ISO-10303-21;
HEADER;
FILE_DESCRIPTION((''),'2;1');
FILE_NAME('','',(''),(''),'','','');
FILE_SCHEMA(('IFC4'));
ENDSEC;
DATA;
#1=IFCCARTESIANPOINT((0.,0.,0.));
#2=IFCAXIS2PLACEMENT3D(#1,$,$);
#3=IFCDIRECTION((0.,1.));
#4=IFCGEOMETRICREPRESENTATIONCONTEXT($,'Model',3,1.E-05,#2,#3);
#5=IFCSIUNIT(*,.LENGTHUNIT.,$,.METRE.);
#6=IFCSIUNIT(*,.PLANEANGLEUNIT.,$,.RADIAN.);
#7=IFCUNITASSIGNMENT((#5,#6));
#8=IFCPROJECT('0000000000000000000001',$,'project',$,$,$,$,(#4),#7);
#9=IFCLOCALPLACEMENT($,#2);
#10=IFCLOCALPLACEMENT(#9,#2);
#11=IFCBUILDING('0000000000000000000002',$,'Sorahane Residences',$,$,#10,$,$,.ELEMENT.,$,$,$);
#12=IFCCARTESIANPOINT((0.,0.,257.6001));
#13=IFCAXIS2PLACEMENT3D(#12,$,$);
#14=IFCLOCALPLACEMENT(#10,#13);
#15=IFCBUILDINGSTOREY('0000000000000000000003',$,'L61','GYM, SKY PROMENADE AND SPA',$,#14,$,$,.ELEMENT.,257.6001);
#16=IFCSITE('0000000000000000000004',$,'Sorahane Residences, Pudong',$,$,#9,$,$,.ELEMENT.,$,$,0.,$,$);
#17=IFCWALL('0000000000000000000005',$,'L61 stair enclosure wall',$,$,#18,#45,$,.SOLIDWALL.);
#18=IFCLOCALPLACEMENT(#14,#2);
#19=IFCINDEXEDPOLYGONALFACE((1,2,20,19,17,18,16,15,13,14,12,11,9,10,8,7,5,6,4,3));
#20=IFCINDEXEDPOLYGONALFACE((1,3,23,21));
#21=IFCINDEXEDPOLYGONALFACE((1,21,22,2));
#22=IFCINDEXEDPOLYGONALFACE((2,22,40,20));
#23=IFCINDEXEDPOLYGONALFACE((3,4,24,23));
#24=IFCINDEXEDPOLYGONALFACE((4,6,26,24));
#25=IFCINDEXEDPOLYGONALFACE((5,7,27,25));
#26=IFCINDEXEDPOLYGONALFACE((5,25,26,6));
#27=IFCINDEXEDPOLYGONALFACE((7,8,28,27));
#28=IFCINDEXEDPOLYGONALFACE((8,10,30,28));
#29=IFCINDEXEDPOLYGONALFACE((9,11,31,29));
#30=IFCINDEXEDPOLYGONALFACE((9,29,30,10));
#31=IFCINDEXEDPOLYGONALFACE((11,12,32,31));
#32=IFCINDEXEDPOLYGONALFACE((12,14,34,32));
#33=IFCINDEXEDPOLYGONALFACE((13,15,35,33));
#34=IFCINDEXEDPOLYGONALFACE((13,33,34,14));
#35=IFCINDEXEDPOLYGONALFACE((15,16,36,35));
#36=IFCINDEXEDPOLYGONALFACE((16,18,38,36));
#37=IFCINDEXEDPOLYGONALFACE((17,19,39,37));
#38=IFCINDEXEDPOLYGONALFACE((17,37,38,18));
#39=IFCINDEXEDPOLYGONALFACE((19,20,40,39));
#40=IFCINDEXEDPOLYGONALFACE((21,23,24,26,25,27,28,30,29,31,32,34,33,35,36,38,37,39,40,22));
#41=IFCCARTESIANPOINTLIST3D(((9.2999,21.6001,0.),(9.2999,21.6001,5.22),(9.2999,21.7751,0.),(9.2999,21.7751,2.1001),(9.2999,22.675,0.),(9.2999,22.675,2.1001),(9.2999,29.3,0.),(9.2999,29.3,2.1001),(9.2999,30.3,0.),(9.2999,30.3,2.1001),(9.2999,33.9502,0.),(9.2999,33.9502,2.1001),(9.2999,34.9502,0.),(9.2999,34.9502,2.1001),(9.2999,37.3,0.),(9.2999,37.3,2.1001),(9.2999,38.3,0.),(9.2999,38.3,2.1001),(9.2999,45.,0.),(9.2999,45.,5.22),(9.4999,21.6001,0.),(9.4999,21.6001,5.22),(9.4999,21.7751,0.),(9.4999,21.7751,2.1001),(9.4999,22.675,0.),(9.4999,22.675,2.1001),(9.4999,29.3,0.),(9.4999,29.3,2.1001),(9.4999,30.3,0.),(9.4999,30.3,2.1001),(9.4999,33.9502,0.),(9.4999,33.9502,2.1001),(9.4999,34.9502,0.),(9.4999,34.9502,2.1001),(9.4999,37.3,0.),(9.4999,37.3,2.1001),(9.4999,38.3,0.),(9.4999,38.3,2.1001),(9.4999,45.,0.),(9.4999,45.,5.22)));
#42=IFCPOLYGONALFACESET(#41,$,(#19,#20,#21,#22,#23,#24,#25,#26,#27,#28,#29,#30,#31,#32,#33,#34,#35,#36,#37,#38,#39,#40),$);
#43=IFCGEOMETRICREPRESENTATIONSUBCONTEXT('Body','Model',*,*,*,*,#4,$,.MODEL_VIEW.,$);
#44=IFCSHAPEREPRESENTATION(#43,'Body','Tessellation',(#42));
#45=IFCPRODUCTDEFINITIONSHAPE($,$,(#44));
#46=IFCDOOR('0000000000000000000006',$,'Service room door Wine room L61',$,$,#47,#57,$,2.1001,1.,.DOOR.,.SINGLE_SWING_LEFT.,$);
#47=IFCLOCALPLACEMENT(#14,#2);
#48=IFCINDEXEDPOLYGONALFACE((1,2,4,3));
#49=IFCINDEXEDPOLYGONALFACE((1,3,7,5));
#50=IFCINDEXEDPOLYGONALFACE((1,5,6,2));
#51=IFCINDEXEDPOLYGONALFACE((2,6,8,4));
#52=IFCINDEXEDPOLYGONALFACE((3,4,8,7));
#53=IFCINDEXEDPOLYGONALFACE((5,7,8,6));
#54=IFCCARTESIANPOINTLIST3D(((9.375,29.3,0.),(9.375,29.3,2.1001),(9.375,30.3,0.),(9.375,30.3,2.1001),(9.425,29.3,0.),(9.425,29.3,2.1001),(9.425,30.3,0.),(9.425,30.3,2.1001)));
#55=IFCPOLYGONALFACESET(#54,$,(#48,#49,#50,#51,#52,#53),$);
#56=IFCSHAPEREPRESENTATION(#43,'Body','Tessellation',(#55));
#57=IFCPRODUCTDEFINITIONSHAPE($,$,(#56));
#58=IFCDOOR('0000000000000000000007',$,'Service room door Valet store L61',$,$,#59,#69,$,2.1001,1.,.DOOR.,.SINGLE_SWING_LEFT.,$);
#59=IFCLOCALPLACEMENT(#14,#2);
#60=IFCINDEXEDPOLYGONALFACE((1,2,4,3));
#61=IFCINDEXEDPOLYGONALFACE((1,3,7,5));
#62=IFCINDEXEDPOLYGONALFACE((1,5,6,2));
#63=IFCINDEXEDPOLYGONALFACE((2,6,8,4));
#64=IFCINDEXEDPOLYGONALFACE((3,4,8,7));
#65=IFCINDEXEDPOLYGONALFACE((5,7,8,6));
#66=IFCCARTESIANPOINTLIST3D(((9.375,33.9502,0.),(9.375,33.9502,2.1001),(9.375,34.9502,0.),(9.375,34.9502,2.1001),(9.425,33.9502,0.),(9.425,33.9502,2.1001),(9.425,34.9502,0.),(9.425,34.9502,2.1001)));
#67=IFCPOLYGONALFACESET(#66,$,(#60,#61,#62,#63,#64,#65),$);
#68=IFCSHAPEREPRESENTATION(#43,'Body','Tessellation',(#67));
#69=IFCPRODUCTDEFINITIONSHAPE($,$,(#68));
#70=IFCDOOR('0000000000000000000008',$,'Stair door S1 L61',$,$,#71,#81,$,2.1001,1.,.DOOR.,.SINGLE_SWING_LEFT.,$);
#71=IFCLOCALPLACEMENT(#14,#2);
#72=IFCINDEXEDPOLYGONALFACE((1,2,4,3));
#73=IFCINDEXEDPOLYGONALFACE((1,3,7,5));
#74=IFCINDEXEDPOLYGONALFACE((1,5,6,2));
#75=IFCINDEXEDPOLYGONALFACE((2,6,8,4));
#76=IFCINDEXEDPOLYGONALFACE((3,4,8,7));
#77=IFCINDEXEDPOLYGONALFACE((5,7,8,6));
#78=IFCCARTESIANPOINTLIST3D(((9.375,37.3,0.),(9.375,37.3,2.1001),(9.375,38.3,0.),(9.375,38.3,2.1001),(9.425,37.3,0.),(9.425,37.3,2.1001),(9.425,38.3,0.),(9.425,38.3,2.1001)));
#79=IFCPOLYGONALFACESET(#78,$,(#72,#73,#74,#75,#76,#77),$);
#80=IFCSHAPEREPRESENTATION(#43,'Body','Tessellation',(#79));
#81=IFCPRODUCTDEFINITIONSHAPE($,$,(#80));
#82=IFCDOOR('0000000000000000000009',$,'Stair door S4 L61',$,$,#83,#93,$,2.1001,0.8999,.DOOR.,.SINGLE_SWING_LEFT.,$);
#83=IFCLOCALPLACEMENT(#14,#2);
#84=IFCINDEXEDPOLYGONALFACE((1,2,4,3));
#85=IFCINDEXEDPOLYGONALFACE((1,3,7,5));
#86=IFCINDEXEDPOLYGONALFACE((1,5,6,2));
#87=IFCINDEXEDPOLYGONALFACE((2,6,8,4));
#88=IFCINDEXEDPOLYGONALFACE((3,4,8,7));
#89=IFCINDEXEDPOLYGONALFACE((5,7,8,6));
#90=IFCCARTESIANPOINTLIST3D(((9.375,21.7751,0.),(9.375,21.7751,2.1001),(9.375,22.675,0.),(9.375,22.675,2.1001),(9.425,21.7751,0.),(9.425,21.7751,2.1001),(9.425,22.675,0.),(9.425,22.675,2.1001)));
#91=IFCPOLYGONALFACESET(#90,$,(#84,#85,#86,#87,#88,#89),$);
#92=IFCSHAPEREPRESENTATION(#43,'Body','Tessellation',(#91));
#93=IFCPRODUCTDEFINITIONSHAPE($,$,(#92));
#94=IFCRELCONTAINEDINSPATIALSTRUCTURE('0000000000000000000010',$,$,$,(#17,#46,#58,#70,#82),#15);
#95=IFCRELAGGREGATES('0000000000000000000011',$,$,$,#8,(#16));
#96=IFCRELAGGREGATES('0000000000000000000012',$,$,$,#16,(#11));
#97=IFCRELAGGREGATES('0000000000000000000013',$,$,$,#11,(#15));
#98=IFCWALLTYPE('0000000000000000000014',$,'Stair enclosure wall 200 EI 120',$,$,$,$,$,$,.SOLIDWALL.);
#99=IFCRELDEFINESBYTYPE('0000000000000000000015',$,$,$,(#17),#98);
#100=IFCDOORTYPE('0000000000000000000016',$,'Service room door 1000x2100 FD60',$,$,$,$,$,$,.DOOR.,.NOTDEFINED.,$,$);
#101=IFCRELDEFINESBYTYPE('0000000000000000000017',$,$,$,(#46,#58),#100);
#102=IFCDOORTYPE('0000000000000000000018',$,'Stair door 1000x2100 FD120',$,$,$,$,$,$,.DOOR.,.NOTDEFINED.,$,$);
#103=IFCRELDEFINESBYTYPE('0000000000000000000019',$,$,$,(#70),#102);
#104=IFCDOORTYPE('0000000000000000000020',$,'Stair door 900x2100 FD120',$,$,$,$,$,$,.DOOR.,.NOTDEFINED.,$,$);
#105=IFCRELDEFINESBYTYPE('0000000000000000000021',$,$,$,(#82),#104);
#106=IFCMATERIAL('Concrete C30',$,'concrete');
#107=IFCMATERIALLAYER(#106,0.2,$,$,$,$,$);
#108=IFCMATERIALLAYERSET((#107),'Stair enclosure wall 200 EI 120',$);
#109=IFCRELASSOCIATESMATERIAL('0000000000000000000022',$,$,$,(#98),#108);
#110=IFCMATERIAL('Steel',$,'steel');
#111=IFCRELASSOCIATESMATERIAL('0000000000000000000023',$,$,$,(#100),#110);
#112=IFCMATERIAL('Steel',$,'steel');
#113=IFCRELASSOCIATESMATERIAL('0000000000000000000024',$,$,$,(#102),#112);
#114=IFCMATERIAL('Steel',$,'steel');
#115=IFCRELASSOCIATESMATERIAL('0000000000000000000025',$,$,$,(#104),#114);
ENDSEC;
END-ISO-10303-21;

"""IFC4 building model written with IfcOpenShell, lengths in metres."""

from ifc_helpers import new_model, si_unit, direction, frame, frame_2d, origin, place, context, subcontext, project, spatial, rectangle, extrude, material, layer, layer_set, type_object, element, fill, save


model = new_model("IFC4")

# Units and contexts
model_context = context("Model", 3, precision=1e-05, world=origin(), true_north=direction((0.0, 1.0)))
body_context = subcontext(model_context, "Body", "Model", "MODEL_VIEW")
ifc_project = project(units=[si_unit("LENGTHUNIT", "METRE"), si_unit("PLANEANGLEUNIT", "RADIAN")], contexts=[model_context])

# Site, building, storey
site_placement = place(None, origin())
site = spatial("IfcSite", under=ifc_project, at=site_placement, Name="Sorahane Residences, Pudong", CompositionType="ELEMENT", RefElevation=0.0)
building_placement = place(site_placement, origin())
building = spatial("IfcBuilding", under=site, at=building_placement, Name="Sorahane Residences", CompositionType="ELEMENT")
storey_placement = place(building_placement, frame((0.0, 0.0, 257.6001)))
storey = spatial("IfcBuildingStorey", under=building, at=storey_placement, Name="L61", Description="GYM, SKY PROMENADE AND SPA", CompositionType="ELEMENT", Elevation=257.6001)

# Wall, openings, doors
ifc_material_1 = material(Name="Concrete C30", Category="concrete")
ifc_layer_1 = layer(ifc_material_1, 0.2)
ifc_layer_set_1 = layer_set([ifc_layer_1], Name="Stair enclosure wall 200 EI 120")
wall_type_1 = type_object("IfcWallType", Name="Stair enclosure wall 200 EI 120", PredefinedType="SOLIDWALL", material=ifc_layer_set_1)
wall_1_placement = place(storey_placement, frame((9.3999, 21.6001, 0.0), z_axis=(0.0, 0.0, 1.0), x_axis=(0.0, 1.0, 0.0)))
wall_1 = element("IfcWall", 1, at=wall_1_placement, inside=storey, type_object=wall_type_1, Name="L61 stair enclosure wall", PredefinedType="SOLIDWALL", context=body_context, shape_type="SweptSolid", body=[
    extrude(rectangle(XDim=23.3999, YDim=0.2, at=frame_2d((11.7, 0.0))), origin(), (0.0, 0.0, 1.0), 5.22),
])
opening_1_placement = place(wall_1_placement, frame((7.7, 0.0, 0.0)))
opening_1 = element("IfcOpeningElement", 2, at=opening_1_placement, cuts=wall_1, PredefinedType="OPENING", context=body_context, shape_type="SweptSolid", body=[
    extrude(rectangle(XDim=1.0, YDim=2.1001, at=frame_2d((0.5, 1.05))), frame((0.0, 0.1099, 0.0), z_axis=(0.0, -1.0, 0.0), x_axis=(1.0, 0.0, 0.0)), (0.0, 0.0, 1.0), 0.22),
])
opening_2_placement = place(wall_1_placement, frame((12.3501, 0.0, 0.0)))
opening_2 = element("IfcOpeningElement", 3, at=opening_2_placement, cuts=wall_1, PredefinedType="OPENING", context=body_context, shape_type="SweptSolid", body=[
    extrude(rectangle(XDim=1.0, YDim=2.1001, at=frame_2d((0.5, 1.05))), frame((0.0, 0.1099, 0.0), z_axis=(0.0, -1.0, 0.0), x_axis=(1.0, 0.0, 0.0)), (0.0, 0.0, 1.0), 0.22),
])
opening_3_placement = place(wall_1_placement, frame((15.7, 0.0, 0.0)))
opening_3 = element("IfcOpeningElement", 4, at=opening_3_placement, cuts=wall_1, PredefinedType="OPENING", context=body_context, shape_type="SweptSolid", body=[
    extrude(rectangle(XDim=1.0, YDim=2.1001, at=frame_2d((0.5, 1.05))), frame((0.0, 0.1099, 0.0), z_axis=(0.0, -1.0, 0.0), x_axis=(1.0, 0.0, 0.0)), (0.0, 0.0, 1.0), 0.22),
])
opening_4_placement = place(wall_1_placement, frame((0.175, 0.0, 0.0)))
opening_4 = element("IfcOpeningElement", 5, at=opening_4_placement, cuts=wall_1, PredefinedType="OPENING", context=body_context, shape_type="SweptSolid", body=[
    extrude(rectangle(XDim=0.8999, YDim=2.1001, at=frame_2d((0.45, 1.05))), frame((0.0, 0.1099, 0.0), z_axis=(0.0, -1.0, 0.0), x_axis=(1.0, 0.0, 0.0)), (0.0, 0.0, 1.0), 0.22),
])
ifc_material_2 = material(Name="Steel", Category="steel")
door_type_1 = type_object("IfcDoorType", Name="Service room door 1000x2100 FD60", OperationType="NOTDEFINED", PredefinedType="DOOR", material=ifc_material_2)
door_1_placement = place(opening_1_placement, origin())
door_1 = element("IfcDoor", 6, at=door_1_placement, inside=storey, type_object=door_type_1, Name="Service room door Wine room L61", OperationType="SINGLE_SWING_LEFT", OverallHeight=2.1001, OverallWidth=1.0, PredefinedType="DOOR", context=body_context, shape_type="SweptSolid", body=[
    extrude(rectangle(XDim=1.0, YDim=2.1001, at=frame_2d((0.5, 1.05))), frame((0.0, 0.0249, 0.0), z_axis=(0.0, -1.0, 0.0), x_axis=(1.0, 0.0, 0.0)), (0.0, 0.0, 1.0), 0.05),
])
fill(opening_1, door_1)
door_2_placement = place(opening_2_placement, origin())
door_2 = element("IfcDoor", 7, at=door_2_placement, inside=storey, type_object=door_type_1, Name="Service room door Valet store L61", OperationType="SINGLE_SWING_LEFT", OverallHeight=2.1001, OverallWidth=1.0, PredefinedType="DOOR", context=body_context, shape_type="SweptSolid", body=[
    extrude(rectangle(XDim=1.0, YDim=2.1001, at=frame_2d((0.5, 1.05))), frame((0.0, 0.0249, 0.0), z_axis=(0.0, -1.0, 0.0), x_axis=(1.0, 0.0, 0.0)), (0.0, 0.0, 1.0), 0.05),
])
fill(opening_2, door_2)
ifc_material_3 = material(Name="Steel", Category="steel")
door_type_2 = type_object("IfcDoorType", Name="Stair door 1000x2100 FD120", OperationType="NOTDEFINED", PredefinedType="DOOR", material=ifc_material_3)
door_3_placement = place(opening_3_placement, origin())
door_3 = element("IfcDoor", 8, at=door_3_placement, inside=storey, type_object=door_type_2, Name="Stair door S1 L61", OperationType="SINGLE_SWING_LEFT", OverallHeight=2.1001, OverallWidth=1.0, PredefinedType="DOOR", context=body_context, shape_type="SweptSolid", body=[
    extrude(rectangle(XDim=1.0, YDim=2.1001, at=frame_2d((0.5, 1.05))), frame((0.0, 0.0249, 0.0), z_axis=(0.0, -1.0, 0.0), x_axis=(1.0, 0.0, 0.0)), (0.0, 0.0, 1.0), 0.05),
])
fill(opening_3, door_3)
ifc_material_4 = material(Name="Steel", Category="steel")
door_type_3 = type_object("IfcDoorType", Name="Stair door 900x2100 FD120", OperationType="NOTDEFINED", PredefinedType="DOOR", material=ifc_material_4)
door_4_placement = place(opening_4_placement, origin())
door_4 = element("IfcDoor", 9, at=door_4_placement, inside=storey, type_object=door_type_3, Name="Stair door S4 L61", OperationType="SINGLE_SWING_LEFT", OverallHeight=2.1001, OverallWidth=0.8999, PredefinedType="DOOR", context=body_context, shape_type="SweptSolid", body=[
    extrude(rectangle(XDim=0.8999, YDim=2.1001, at=frame_2d((0.45, 1.05))), frame((0.0, 0.0249, 0.0), z_axis=(0.0, -1.0, 0.0), x_axis=(1.0, 0.0, 0.0)), (0.0, 0.0, 1.0), 0.05),
])
fill(opening_4, door_4)

save(model, "model.ifc")
